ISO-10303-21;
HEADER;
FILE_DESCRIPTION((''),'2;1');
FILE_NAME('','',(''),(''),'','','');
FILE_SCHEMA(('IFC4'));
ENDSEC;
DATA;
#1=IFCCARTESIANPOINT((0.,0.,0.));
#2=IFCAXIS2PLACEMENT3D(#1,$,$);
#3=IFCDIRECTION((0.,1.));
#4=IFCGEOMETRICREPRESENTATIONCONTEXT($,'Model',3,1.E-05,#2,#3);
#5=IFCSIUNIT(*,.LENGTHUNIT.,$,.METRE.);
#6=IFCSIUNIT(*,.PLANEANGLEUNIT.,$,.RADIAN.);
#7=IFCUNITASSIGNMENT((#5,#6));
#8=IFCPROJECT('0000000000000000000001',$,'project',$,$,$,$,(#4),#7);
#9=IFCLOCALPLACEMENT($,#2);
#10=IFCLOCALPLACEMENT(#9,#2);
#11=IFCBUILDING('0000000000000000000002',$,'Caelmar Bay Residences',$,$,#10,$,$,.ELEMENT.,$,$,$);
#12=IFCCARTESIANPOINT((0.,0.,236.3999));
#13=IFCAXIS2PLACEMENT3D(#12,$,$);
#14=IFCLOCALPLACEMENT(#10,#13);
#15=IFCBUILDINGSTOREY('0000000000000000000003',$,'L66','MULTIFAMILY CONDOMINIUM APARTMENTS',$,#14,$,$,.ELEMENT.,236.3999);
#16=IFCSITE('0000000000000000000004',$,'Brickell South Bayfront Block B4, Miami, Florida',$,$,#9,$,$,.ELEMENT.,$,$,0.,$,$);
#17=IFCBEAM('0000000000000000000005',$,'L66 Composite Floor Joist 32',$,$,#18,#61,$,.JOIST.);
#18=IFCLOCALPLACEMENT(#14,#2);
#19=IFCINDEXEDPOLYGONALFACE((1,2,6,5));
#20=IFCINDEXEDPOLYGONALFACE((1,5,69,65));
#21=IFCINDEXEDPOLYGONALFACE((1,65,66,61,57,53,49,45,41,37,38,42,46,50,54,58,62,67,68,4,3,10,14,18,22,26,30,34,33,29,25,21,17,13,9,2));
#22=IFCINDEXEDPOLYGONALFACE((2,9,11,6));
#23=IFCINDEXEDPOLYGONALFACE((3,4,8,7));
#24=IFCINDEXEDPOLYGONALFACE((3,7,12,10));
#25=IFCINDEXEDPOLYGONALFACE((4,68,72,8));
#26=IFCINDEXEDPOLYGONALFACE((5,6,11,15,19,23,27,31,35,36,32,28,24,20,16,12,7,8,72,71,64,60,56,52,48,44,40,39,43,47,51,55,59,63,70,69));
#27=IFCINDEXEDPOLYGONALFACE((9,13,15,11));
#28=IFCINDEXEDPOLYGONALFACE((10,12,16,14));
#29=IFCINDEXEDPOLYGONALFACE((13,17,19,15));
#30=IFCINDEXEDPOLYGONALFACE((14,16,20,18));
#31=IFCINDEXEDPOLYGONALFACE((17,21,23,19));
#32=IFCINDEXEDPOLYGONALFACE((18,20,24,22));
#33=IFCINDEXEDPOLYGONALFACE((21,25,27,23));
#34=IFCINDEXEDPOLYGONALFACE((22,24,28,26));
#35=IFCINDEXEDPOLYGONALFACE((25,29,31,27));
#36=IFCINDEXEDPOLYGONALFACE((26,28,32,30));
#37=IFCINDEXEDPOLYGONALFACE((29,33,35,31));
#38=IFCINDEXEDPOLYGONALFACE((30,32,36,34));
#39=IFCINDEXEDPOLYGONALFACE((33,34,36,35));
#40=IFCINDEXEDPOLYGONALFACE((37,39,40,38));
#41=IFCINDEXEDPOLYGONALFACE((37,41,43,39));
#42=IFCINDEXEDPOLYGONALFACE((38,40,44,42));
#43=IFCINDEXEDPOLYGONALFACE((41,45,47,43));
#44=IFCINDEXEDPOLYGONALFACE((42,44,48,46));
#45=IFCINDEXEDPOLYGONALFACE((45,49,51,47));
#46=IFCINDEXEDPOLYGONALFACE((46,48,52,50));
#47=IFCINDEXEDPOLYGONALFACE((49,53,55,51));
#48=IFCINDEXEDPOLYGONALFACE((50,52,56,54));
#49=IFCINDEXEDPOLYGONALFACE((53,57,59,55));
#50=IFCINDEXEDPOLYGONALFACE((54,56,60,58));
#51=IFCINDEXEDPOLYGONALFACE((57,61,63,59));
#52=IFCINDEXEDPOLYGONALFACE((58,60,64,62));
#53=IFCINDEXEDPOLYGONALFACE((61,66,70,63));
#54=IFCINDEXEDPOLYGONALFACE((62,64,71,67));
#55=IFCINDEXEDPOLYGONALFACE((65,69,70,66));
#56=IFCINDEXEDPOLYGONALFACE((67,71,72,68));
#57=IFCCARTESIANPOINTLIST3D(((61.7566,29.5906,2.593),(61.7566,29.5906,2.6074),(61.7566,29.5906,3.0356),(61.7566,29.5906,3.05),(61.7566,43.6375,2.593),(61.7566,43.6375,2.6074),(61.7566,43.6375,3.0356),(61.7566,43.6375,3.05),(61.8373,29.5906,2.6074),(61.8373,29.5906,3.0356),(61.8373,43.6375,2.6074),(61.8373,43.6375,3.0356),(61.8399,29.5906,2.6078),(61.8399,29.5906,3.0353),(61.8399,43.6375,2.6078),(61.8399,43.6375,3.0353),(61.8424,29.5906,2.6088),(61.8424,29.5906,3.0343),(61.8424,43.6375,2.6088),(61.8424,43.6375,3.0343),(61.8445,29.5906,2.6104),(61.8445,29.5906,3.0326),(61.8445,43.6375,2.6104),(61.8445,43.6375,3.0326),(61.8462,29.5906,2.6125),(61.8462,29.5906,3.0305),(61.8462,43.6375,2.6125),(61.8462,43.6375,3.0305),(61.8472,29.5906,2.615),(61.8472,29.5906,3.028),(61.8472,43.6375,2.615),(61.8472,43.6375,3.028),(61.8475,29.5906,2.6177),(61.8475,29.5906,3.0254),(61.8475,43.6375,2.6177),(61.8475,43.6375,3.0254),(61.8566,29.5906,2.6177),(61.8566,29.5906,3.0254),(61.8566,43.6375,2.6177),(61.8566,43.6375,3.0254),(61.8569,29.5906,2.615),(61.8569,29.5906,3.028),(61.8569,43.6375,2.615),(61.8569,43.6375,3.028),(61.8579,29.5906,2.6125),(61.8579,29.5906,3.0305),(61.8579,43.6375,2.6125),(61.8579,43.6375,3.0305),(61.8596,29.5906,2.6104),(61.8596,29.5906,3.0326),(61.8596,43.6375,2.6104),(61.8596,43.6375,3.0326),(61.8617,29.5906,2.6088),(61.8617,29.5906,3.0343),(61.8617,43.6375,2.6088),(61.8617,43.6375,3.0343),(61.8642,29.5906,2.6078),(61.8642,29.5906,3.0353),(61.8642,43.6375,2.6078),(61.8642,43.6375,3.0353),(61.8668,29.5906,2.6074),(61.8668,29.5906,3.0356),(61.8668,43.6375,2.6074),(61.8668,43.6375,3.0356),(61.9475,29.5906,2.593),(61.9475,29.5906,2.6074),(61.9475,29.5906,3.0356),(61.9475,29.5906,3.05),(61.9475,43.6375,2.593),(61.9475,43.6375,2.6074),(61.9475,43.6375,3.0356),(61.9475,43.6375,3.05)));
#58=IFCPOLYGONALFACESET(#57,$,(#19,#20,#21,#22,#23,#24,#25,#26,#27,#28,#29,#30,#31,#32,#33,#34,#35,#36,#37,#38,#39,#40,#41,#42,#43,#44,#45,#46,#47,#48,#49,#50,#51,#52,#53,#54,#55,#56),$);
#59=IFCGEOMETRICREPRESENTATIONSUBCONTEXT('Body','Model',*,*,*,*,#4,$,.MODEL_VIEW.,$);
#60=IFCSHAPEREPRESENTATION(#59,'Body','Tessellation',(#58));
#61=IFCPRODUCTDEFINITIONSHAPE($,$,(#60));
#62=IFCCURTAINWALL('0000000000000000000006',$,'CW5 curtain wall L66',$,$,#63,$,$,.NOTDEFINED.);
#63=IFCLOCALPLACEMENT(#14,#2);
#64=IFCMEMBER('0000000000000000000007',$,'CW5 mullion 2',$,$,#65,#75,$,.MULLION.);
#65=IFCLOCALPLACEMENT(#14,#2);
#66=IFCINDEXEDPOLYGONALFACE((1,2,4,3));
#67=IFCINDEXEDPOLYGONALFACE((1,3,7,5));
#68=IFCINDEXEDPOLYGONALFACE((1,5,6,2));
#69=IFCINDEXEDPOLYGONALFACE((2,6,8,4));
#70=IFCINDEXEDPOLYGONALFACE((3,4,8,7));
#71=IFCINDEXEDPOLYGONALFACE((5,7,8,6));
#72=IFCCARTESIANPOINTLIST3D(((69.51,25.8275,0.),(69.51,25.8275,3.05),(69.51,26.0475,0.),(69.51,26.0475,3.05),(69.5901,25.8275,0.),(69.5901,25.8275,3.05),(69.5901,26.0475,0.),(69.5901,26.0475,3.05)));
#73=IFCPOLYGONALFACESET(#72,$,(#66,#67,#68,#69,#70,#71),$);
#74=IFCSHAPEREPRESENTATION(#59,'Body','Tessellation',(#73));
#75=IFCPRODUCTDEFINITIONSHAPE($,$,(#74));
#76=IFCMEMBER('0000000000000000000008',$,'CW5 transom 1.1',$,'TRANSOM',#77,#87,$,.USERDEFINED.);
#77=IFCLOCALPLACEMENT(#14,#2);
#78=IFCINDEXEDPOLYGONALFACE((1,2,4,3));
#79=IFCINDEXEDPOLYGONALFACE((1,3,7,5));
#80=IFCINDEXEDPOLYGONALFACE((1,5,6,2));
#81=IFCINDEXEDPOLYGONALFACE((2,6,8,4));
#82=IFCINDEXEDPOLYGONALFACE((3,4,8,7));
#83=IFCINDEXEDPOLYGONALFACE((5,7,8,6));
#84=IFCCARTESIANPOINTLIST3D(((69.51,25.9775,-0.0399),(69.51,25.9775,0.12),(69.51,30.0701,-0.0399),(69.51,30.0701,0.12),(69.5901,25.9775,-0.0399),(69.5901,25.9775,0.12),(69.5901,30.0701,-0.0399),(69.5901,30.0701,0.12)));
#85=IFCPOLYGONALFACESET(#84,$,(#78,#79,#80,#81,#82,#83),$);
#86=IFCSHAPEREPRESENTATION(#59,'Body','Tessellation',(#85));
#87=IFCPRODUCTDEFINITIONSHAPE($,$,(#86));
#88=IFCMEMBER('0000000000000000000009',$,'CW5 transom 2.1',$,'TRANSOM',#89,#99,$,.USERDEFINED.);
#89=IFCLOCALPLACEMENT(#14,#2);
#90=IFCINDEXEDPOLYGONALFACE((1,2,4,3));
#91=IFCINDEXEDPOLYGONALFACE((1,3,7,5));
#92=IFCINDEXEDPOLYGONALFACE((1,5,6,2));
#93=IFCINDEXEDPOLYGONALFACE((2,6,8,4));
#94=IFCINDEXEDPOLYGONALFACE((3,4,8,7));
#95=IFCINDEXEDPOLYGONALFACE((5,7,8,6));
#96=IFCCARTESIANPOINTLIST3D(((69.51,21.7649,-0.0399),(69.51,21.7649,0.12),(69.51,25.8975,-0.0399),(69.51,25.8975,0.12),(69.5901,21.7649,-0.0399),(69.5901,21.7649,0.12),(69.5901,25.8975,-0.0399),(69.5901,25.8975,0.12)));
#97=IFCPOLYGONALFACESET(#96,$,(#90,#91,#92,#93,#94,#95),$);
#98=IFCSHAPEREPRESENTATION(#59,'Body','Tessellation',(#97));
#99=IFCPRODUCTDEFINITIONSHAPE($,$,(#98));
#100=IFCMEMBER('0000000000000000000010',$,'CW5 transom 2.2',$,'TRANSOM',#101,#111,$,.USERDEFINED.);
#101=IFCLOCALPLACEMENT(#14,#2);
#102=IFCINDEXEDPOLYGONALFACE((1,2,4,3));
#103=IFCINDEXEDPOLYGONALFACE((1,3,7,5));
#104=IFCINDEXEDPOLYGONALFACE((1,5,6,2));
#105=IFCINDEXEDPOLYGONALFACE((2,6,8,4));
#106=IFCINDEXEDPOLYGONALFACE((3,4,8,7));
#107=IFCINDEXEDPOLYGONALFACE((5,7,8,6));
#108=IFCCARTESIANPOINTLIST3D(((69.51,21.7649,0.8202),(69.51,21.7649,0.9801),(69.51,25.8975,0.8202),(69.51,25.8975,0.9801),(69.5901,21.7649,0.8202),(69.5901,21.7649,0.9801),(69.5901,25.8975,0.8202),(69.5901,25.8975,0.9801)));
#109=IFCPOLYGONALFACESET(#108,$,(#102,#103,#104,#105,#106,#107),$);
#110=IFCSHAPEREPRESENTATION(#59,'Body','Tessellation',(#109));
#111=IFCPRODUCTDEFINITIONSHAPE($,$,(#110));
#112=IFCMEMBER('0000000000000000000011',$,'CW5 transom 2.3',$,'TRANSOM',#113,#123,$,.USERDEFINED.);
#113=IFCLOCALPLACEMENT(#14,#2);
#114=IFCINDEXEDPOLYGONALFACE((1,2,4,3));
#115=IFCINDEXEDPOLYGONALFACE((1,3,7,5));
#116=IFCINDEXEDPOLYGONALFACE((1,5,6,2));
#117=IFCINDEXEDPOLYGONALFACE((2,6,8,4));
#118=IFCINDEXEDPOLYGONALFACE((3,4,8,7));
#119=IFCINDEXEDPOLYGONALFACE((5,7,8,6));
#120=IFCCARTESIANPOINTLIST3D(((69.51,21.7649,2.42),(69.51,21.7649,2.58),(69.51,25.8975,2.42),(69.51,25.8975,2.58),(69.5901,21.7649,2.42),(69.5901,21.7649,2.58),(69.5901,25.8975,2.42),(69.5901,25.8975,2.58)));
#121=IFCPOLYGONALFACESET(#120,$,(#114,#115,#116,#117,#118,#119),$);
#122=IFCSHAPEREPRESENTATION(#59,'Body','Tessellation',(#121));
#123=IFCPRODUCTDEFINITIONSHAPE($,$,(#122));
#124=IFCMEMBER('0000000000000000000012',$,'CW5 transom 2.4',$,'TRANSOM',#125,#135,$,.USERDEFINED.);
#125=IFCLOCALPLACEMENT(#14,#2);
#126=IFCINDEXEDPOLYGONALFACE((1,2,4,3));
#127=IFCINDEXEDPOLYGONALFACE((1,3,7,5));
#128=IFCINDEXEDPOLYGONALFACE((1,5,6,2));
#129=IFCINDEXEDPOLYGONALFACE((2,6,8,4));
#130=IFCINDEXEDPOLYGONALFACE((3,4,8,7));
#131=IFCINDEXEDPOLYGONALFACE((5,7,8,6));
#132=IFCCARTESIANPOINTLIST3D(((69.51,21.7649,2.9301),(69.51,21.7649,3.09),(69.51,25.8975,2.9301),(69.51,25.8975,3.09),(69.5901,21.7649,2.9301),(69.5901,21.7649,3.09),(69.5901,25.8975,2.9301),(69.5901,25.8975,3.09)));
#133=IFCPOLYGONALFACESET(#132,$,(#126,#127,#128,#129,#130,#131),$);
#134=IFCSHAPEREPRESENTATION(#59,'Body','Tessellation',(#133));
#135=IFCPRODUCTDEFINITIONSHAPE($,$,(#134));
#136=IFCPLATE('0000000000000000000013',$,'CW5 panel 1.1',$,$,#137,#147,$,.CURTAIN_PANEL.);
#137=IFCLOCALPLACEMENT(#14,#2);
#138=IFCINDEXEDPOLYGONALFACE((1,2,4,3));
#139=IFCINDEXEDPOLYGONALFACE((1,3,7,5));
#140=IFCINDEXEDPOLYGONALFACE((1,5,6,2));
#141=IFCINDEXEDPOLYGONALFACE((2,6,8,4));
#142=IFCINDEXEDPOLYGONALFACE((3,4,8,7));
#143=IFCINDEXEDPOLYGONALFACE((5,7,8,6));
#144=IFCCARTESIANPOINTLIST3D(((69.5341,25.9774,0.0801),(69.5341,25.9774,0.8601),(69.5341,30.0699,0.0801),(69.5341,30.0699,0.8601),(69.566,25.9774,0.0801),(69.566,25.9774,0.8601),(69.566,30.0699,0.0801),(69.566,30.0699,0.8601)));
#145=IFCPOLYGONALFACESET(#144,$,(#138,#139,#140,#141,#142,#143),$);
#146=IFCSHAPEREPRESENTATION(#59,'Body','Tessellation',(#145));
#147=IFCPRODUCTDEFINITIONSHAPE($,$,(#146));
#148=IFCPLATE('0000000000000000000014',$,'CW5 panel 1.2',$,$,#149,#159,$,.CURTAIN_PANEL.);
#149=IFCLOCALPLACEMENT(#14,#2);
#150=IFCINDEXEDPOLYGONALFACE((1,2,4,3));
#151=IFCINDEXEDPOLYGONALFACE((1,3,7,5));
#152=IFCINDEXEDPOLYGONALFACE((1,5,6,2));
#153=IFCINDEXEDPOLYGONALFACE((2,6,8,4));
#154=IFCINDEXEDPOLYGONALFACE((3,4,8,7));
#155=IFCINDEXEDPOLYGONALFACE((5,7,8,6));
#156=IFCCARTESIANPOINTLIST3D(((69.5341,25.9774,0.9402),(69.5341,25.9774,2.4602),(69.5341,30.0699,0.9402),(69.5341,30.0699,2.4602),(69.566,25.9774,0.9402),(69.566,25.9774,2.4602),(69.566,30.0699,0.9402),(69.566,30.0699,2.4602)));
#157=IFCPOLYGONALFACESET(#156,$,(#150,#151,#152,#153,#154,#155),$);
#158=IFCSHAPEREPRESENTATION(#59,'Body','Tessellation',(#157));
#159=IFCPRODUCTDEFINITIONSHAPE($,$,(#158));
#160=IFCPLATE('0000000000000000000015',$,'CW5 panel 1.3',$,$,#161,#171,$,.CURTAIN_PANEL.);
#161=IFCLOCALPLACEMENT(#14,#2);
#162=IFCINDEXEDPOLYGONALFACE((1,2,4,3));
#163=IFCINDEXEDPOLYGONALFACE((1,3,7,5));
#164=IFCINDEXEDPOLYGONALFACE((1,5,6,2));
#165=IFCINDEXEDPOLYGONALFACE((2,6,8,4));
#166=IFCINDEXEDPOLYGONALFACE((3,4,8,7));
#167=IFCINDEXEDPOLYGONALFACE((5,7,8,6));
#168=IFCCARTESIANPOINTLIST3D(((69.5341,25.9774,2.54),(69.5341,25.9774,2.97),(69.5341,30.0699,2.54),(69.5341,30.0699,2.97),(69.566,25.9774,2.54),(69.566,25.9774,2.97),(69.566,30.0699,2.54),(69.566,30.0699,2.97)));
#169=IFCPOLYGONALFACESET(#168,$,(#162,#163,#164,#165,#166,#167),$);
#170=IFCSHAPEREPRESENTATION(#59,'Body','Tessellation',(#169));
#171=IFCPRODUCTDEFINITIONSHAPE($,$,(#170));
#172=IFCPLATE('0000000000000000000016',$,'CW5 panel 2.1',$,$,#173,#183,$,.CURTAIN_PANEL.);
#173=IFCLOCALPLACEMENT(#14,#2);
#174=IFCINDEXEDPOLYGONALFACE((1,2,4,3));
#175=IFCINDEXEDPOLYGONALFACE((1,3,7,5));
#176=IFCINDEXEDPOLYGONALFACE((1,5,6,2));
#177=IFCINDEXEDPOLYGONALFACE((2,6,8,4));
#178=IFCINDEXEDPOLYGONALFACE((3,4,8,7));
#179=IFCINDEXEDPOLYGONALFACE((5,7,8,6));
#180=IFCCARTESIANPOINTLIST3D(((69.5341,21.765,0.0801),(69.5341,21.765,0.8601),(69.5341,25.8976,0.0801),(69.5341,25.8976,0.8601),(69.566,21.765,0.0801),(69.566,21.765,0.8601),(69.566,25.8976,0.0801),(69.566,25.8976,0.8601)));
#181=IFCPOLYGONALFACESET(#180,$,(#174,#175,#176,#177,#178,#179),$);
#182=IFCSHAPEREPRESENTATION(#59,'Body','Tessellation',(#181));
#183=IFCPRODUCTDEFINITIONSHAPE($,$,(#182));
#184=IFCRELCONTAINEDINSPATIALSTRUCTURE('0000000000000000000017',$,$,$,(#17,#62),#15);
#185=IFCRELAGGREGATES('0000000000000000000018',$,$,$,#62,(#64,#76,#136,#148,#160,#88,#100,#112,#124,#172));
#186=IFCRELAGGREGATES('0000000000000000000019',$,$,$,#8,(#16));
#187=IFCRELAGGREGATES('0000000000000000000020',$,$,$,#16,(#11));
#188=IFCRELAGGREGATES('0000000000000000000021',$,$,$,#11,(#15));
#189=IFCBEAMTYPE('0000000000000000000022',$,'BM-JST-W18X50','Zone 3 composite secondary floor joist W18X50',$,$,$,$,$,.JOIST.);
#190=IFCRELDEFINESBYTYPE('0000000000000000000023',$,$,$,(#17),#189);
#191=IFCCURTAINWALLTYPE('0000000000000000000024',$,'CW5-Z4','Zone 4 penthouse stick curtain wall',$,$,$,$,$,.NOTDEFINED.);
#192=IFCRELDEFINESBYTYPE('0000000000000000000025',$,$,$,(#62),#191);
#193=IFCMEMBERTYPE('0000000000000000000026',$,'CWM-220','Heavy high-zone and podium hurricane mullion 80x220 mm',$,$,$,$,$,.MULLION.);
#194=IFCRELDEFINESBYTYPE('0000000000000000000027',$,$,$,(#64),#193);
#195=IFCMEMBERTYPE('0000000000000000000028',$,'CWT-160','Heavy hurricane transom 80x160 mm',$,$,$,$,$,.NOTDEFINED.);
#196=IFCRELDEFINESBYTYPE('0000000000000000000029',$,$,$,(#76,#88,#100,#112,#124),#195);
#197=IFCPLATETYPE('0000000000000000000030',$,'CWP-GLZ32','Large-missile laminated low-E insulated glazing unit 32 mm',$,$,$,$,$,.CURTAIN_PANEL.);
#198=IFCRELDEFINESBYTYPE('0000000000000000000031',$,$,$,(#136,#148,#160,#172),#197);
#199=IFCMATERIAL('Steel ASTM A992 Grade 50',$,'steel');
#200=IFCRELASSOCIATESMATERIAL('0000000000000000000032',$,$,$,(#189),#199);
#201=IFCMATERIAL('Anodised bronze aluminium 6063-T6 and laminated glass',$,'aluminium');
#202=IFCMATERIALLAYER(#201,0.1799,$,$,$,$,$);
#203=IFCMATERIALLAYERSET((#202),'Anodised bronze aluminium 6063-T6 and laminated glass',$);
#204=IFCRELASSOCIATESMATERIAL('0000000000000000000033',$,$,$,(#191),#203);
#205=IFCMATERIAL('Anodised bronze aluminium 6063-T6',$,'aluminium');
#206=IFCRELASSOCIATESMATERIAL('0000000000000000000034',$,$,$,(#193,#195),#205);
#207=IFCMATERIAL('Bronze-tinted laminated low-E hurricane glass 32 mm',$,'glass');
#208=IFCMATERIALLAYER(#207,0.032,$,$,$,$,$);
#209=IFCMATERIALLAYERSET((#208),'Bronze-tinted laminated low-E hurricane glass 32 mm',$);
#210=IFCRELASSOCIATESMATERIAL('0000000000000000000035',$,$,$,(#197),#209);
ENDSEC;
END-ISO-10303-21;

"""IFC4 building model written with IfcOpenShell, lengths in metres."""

from ifc_helpers import new_model, si_unit, direction, frame, origin, origin_2d, place, context, subcontext, project, spatial, rectangle, i_section, extrude, material, layer, layer_set, material_profile, profile_set, type_object, element, aggregate, save


model = new_model("IFC4")

# Units and contexts
model_context = context("Model", 3, precision=1e-05, world=origin(), true_north=direction((0.0, 1.0)))
body_context = subcontext(model_context, "Body", "Model", "MODEL_VIEW")
ifc_project = project(units=[si_unit("LENGTHUNIT", "METRE"), si_unit("PLANEANGLEUNIT", "RADIAN")], contexts=[model_context])

# Site, building, storey
site_placement = place(None, origin())
site = spatial("IfcSite", under=ifc_project, at=site_placement, Name="Brickell South Bayfront Block B4, Miami, Florida", CompositionType="ELEMENT", RefElevation=0.0)
building_placement = place(site_placement, origin())
building = spatial("IfcBuilding", under=site, at=building_placement, Name="Caelmar Bay Residences", CompositionType="ELEMENT")
storey_placement = place(building_placement, frame((0.0, 0.0, 236.3999)))
storey = spatial("IfcBuildingStorey", under=building, at=storey_placement, Name="L66", Description="MULTIFAMILY CONDOMINIUM APARTMENTS", CompositionType="ELEMENT", Elevation=236.3999)

# Beam
ifc_material_1 = material(Name="Steel ASTM A992 Grade 50", Category="steel")
ifc_material_profile_1 = material_profile(ifc_material_1, i_section(OverallWidth=0.1909, OverallDepth=0.457, WebThickness=0.009, FlangeThickness=0.0144, FilletRadius=0.0103, at=origin_2d()), Name="W18X50")
ifc_profile_set_1 = profile_set([ifc_material_profile_1], Name="Steel ASTM A992 Grade 50")
beam_type_1 = type_object("IfcBeamType", Name="BM-JST-W18X50", Description="Zone 3 composite secondary floor joist W18X50", PredefinedType="JOIST", material=ifc_profile_set_1)
beam_1_placement = place(storey_placement, frame((61.8521, 29.5906, 2.8215), z_axis=(0.0, 1.0, 0.0), x_axis=(-1.0, 0.0, 0.0)))
element("IfcBeam", 1, at=beam_1_placement, inside=storey, type_object=beam_type_1, Name="L66 Composite Floor Joist 32", PredefinedType="JOIST", context=body_context, shape_type="SweptSolid", body=[
    extrude(i_section(OverallWidth=0.1909, OverallDepth=0.457, WebThickness=0.009, FlangeThickness=0.0144, FilletRadius=0.0103, at=origin_2d()), origin(), (0.0, 0.0, 1.0), 14.0469),
])

# Curtain wall, members, plates
ifc_material_2 = material(Name="Anodised bronze aluminium 6063-T6 and laminated glass", Category="aluminium")
ifc_layer_1 = layer(ifc_material_2, 0.1799)
ifc_layer_set_1 = layer_set([ifc_layer_1], Name="Anodised bronze aluminium 6063-T6 and laminated glass")
curtain_wall_type = type_object("IfcCurtainWallType", Name="CW5-Z4", Description="Zone 4 penthouse stick curtain wall", PredefinedType="NOTDEFINED", material=ifc_layer_set_1)
curtain_wall_placement = place(storey_placement, origin())
curtain_wall = element("IfcCurtainWall", 2, at=curtain_wall_placement, inside=storey, type_object=curtain_wall_type, Name="CW5 curtain wall L66", PredefinedType="NOTDEFINED")
ifc_material_3 = material(Name="Anodised bronze aluminium 6063-T6", Category="aluminium")
ifc_material_profile_2 = material_profile(ifc_material_3, rectangle(XDim=0.0801, YDim=0.22, at=origin_2d()), Name="CWM-80X220")
ifc_profile_set_2 = profile_set([ifc_material_profile_2], Name="Anodised bronze aluminium 6063-T6")
member_type_1 = type_object("IfcMemberType", Name="CWM-220", Description="Heavy high-zone and podium hurricane mullion 80x220 mm", PredefinedType="MULLION", material=ifc_profile_set_2)
member_1_placement = place(storey_placement, frame((69.55, 25.9375, 0.0), z_axis=(0.0, 0.0, 1.0), x_axis=(1.0, 0.0, 0.0)))
member_1 = element("IfcMember", 3, at=member_1_placement, type_object=member_type_1, Name="CW5 mullion 2", PredefinedType="MULLION", context=body_context, shape_type="SweptSolid", body=[
    extrude(rectangle(XDim=0.0801, YDim=0.22, at=origin_2d()), origin(), (0.0, 0.0, 1.0), 3.05),
])
ifc_material_profile_3 = material_profile(ifc_material_3, rectangle(XDim=0.0801, YDim=0.1599, at=origin_2d()), Name="CWT-80X160")
ifc_profile_set_3 = profile_set([ifc_material_profile_3], Name="Anodised bronze aluminium 6063-T6")
member_type_2 = type_object("IfcMemberType", Name="CWT-160", Description="Heavy hurricane transom 80x160 mm", PredefinedType="NOTDEFINED", material=ifc_profile_set_3)
member_2_placement = place(storey_placement, frame((69.55, 30.0701, 0.04), z_axis=(0.0, -1.0, 0.0), x_axis=(1.0, 0.0, 0.0)))
member_2 = element("IfcMember", 4, at=member_2_placement, type_object=member_type_2, Name="CW5 transom 1.1", ObjectType="TRANSOM", PredefinedType="USERDEFINED", context=body_context, shape_type="SweptSolid", body=[
    extrude(rectangle(XDim=0.0801, YDim=0.1599, at=origin_2d()), origin(), (0.0, 0.0, 1.0), 4.0925),
])
member_3_placement = place(storey_placement, frame((69.55, 25.8975, 0.04), z_axis=(0.0, -1.0, 0.0), x_axis=(1.0, 0.0, 0.0)))
member_3 = element("IfcMember", 5, at=member_3_placement, type_object=member_type_2, Name="CW5 transom 2.1", ObjectType="TRANSOM", PredefinedType="USERDEFINED", context=body_context, shape_type="SweptSolid", body=[
    extrude(rectangle(XDim=0.0801, YDim=0.1599, at=origin_2d()), origin(), (0.0, 0.0, 1.0), 4.1326),
])
member_4_placement = place(storey_placement, frame((69.55, 25.8975, 0.9001), z_axis=(0.0, -1.0, 0.0), x_axis=(1.0, 0.0, 0.0)))
member_4 = element("IfcMember", 6, at=member_4_placement, type_object=member_type_2, Name="CW5 transom 2.2", ObjectType="TRANSOM", PredefinedType="USERDEFINED", context=body_context, shape_type="SweptSolid", body=[
    extrude(rectangle(XDim=0.0801, YDim=0.1599, at=origin_2d()), origin(), (0.0, 0.0, 1.0), 4.1326),
])
member_5_placement = place(storey_placement, frame((69.55, 25.8975, 2.5), z_axis=(0.0, -1.0, 0.0), x_axis=(1.0, 0.0, 0.0)))
member_5 = element("IfcMember", 7, at=member_5_placement, type_object=member_type_2, Name="CW5 transom 2.3", ObjectType="TRANSOM", PredefinedType="USERDEFINED", context=body_context, shape_type="SweptSolid", body=[
    extrude(rectangle(XDim=0.0801, YDim=0.1599, at=origin_2d()), origin(), (0.0, 0.0, 1.0), 4.1326),
])
member_6_placement = place(storey_placement, frame((69.55, 25.8975, 3.01), z_axis=(0.0, -1.0, 0.0), x_axis=(1.0, 0.0, 0.0)))
member_6 = element("IfcMember", 8, at=member_6_placement, type_object=member_type_2, Name="CW5 transom 2.4", ObjectType="TRANSOM", PredefinedType="USERDEFINED", context=body_context, shape_type="SweptSolid", body=[
    extrude(rectangle(XDim=0.0801, YDim=0.1599, at=origin_2d()), origin(), (0.0, 0.0, 1.0), 4.1326),
])
ifc_material_4 = material(Name="Bronze-tinted laminated low-E hurricane glass 32 mm", Category="glass")
ifc_layer_2 = layer(ifc_material_4, 0.032)
ifc_layer_set_2 = layer_set([ifc_layer_2], Name="Bronze-tinted laminated low-E hurricane glass 32 mm")
plate_type = type_object("IfcPlateType", Name="CWP-GLZ32", Description="Large-missile laminated low-E insulated glazing unit 32 mm", PredefinedType="CURTAIN_PANEL", material=ifc_layer_set_2)
plate_1_placement = place(storey_placement, frame((69.55, 28.0237, 0.0801), z_axis=(0.0, 0.0, 1.0), x_axis=(0.0, -1.0, 0.0)))
plate_1 = element("IfcPlate", 9, at=plate_1_placement, type_object=plate_type, Name="CW5 panel 1.1", PredefinedType="CURTAIN_PANEL", context=body_context, shape_type="SweptSolid", body=[
    extrude(rectangle(XDim=4.0925, YDim=0.032, at=origin_2d()), origin(), (0.0, 0.0, 1.0), 0.78),
])
plate_2_placement = place(storey_placement, frame((69.55, 28.0237, 0.9402), z_axis=(0.0, 0.0, 1.0), x_axis=(0.0, -1.0, 0.0)))
plate_2 = element("IfcPlate", 10, at=plate_2_placement, type_object=plate_type, Name="CW5 panel 1.2", PredefinedType="CURTAIN_PANEL", context=body_context, shape_type="SweptSolid", body=[
    extrude(rectangle(XDim=4.0925, YDim=0.032, at=origin_2d()), origin(), (0.0, 0.0, 1.0), 1.52),
])
plate_3_placement = place(storey_placement, frame((69.55, 28.0237, 2.54), z_axis=(0.0, 0.0, 1.0), x_axis=(0.0, -1.0, 0.0)))
plate_3 = element("IfcPlate", 11, at=plate_3_placement, type_object=plate_type, Name="CW5 panel 1.3", PredefinedType="CURTAIN_PANEL", context=body_context, shape_type="SweptSolid", body=[
    extrude(rectangle(XDim=4.0925, YDim=0.032, at=origin_2d()), origin(), (0.0, 0.0, 1.0), 0.4299),
])
plate_4_placement = place(storey_placement, frame((69.55, 23.8313, 0.0801), z_axis=(0.0, 0.0, 1.0), x_axis=(0.0, -1.0, 0.0)))
plate_4 = element("IfcPlate", 12, at=plate_4_placement, type_object=plate_type, Name="CW5 panel 2.1", PredefinedType="CURTAIN_PANEL", context=body_context, shape_type="SweptSolid", body=[
    extrude(rectangle(XDim=4.1326, YDim=0.032, at=origin_2d()), origin(), (0.0, 0.0, 1.0), 0.78),
])
aggregate(curtain_wall, [member_1, member_2, plate_1, plate_2, plate_3, member_3, member_4, member_5, member_6, plate_4])

save(model, "model.ifc")
